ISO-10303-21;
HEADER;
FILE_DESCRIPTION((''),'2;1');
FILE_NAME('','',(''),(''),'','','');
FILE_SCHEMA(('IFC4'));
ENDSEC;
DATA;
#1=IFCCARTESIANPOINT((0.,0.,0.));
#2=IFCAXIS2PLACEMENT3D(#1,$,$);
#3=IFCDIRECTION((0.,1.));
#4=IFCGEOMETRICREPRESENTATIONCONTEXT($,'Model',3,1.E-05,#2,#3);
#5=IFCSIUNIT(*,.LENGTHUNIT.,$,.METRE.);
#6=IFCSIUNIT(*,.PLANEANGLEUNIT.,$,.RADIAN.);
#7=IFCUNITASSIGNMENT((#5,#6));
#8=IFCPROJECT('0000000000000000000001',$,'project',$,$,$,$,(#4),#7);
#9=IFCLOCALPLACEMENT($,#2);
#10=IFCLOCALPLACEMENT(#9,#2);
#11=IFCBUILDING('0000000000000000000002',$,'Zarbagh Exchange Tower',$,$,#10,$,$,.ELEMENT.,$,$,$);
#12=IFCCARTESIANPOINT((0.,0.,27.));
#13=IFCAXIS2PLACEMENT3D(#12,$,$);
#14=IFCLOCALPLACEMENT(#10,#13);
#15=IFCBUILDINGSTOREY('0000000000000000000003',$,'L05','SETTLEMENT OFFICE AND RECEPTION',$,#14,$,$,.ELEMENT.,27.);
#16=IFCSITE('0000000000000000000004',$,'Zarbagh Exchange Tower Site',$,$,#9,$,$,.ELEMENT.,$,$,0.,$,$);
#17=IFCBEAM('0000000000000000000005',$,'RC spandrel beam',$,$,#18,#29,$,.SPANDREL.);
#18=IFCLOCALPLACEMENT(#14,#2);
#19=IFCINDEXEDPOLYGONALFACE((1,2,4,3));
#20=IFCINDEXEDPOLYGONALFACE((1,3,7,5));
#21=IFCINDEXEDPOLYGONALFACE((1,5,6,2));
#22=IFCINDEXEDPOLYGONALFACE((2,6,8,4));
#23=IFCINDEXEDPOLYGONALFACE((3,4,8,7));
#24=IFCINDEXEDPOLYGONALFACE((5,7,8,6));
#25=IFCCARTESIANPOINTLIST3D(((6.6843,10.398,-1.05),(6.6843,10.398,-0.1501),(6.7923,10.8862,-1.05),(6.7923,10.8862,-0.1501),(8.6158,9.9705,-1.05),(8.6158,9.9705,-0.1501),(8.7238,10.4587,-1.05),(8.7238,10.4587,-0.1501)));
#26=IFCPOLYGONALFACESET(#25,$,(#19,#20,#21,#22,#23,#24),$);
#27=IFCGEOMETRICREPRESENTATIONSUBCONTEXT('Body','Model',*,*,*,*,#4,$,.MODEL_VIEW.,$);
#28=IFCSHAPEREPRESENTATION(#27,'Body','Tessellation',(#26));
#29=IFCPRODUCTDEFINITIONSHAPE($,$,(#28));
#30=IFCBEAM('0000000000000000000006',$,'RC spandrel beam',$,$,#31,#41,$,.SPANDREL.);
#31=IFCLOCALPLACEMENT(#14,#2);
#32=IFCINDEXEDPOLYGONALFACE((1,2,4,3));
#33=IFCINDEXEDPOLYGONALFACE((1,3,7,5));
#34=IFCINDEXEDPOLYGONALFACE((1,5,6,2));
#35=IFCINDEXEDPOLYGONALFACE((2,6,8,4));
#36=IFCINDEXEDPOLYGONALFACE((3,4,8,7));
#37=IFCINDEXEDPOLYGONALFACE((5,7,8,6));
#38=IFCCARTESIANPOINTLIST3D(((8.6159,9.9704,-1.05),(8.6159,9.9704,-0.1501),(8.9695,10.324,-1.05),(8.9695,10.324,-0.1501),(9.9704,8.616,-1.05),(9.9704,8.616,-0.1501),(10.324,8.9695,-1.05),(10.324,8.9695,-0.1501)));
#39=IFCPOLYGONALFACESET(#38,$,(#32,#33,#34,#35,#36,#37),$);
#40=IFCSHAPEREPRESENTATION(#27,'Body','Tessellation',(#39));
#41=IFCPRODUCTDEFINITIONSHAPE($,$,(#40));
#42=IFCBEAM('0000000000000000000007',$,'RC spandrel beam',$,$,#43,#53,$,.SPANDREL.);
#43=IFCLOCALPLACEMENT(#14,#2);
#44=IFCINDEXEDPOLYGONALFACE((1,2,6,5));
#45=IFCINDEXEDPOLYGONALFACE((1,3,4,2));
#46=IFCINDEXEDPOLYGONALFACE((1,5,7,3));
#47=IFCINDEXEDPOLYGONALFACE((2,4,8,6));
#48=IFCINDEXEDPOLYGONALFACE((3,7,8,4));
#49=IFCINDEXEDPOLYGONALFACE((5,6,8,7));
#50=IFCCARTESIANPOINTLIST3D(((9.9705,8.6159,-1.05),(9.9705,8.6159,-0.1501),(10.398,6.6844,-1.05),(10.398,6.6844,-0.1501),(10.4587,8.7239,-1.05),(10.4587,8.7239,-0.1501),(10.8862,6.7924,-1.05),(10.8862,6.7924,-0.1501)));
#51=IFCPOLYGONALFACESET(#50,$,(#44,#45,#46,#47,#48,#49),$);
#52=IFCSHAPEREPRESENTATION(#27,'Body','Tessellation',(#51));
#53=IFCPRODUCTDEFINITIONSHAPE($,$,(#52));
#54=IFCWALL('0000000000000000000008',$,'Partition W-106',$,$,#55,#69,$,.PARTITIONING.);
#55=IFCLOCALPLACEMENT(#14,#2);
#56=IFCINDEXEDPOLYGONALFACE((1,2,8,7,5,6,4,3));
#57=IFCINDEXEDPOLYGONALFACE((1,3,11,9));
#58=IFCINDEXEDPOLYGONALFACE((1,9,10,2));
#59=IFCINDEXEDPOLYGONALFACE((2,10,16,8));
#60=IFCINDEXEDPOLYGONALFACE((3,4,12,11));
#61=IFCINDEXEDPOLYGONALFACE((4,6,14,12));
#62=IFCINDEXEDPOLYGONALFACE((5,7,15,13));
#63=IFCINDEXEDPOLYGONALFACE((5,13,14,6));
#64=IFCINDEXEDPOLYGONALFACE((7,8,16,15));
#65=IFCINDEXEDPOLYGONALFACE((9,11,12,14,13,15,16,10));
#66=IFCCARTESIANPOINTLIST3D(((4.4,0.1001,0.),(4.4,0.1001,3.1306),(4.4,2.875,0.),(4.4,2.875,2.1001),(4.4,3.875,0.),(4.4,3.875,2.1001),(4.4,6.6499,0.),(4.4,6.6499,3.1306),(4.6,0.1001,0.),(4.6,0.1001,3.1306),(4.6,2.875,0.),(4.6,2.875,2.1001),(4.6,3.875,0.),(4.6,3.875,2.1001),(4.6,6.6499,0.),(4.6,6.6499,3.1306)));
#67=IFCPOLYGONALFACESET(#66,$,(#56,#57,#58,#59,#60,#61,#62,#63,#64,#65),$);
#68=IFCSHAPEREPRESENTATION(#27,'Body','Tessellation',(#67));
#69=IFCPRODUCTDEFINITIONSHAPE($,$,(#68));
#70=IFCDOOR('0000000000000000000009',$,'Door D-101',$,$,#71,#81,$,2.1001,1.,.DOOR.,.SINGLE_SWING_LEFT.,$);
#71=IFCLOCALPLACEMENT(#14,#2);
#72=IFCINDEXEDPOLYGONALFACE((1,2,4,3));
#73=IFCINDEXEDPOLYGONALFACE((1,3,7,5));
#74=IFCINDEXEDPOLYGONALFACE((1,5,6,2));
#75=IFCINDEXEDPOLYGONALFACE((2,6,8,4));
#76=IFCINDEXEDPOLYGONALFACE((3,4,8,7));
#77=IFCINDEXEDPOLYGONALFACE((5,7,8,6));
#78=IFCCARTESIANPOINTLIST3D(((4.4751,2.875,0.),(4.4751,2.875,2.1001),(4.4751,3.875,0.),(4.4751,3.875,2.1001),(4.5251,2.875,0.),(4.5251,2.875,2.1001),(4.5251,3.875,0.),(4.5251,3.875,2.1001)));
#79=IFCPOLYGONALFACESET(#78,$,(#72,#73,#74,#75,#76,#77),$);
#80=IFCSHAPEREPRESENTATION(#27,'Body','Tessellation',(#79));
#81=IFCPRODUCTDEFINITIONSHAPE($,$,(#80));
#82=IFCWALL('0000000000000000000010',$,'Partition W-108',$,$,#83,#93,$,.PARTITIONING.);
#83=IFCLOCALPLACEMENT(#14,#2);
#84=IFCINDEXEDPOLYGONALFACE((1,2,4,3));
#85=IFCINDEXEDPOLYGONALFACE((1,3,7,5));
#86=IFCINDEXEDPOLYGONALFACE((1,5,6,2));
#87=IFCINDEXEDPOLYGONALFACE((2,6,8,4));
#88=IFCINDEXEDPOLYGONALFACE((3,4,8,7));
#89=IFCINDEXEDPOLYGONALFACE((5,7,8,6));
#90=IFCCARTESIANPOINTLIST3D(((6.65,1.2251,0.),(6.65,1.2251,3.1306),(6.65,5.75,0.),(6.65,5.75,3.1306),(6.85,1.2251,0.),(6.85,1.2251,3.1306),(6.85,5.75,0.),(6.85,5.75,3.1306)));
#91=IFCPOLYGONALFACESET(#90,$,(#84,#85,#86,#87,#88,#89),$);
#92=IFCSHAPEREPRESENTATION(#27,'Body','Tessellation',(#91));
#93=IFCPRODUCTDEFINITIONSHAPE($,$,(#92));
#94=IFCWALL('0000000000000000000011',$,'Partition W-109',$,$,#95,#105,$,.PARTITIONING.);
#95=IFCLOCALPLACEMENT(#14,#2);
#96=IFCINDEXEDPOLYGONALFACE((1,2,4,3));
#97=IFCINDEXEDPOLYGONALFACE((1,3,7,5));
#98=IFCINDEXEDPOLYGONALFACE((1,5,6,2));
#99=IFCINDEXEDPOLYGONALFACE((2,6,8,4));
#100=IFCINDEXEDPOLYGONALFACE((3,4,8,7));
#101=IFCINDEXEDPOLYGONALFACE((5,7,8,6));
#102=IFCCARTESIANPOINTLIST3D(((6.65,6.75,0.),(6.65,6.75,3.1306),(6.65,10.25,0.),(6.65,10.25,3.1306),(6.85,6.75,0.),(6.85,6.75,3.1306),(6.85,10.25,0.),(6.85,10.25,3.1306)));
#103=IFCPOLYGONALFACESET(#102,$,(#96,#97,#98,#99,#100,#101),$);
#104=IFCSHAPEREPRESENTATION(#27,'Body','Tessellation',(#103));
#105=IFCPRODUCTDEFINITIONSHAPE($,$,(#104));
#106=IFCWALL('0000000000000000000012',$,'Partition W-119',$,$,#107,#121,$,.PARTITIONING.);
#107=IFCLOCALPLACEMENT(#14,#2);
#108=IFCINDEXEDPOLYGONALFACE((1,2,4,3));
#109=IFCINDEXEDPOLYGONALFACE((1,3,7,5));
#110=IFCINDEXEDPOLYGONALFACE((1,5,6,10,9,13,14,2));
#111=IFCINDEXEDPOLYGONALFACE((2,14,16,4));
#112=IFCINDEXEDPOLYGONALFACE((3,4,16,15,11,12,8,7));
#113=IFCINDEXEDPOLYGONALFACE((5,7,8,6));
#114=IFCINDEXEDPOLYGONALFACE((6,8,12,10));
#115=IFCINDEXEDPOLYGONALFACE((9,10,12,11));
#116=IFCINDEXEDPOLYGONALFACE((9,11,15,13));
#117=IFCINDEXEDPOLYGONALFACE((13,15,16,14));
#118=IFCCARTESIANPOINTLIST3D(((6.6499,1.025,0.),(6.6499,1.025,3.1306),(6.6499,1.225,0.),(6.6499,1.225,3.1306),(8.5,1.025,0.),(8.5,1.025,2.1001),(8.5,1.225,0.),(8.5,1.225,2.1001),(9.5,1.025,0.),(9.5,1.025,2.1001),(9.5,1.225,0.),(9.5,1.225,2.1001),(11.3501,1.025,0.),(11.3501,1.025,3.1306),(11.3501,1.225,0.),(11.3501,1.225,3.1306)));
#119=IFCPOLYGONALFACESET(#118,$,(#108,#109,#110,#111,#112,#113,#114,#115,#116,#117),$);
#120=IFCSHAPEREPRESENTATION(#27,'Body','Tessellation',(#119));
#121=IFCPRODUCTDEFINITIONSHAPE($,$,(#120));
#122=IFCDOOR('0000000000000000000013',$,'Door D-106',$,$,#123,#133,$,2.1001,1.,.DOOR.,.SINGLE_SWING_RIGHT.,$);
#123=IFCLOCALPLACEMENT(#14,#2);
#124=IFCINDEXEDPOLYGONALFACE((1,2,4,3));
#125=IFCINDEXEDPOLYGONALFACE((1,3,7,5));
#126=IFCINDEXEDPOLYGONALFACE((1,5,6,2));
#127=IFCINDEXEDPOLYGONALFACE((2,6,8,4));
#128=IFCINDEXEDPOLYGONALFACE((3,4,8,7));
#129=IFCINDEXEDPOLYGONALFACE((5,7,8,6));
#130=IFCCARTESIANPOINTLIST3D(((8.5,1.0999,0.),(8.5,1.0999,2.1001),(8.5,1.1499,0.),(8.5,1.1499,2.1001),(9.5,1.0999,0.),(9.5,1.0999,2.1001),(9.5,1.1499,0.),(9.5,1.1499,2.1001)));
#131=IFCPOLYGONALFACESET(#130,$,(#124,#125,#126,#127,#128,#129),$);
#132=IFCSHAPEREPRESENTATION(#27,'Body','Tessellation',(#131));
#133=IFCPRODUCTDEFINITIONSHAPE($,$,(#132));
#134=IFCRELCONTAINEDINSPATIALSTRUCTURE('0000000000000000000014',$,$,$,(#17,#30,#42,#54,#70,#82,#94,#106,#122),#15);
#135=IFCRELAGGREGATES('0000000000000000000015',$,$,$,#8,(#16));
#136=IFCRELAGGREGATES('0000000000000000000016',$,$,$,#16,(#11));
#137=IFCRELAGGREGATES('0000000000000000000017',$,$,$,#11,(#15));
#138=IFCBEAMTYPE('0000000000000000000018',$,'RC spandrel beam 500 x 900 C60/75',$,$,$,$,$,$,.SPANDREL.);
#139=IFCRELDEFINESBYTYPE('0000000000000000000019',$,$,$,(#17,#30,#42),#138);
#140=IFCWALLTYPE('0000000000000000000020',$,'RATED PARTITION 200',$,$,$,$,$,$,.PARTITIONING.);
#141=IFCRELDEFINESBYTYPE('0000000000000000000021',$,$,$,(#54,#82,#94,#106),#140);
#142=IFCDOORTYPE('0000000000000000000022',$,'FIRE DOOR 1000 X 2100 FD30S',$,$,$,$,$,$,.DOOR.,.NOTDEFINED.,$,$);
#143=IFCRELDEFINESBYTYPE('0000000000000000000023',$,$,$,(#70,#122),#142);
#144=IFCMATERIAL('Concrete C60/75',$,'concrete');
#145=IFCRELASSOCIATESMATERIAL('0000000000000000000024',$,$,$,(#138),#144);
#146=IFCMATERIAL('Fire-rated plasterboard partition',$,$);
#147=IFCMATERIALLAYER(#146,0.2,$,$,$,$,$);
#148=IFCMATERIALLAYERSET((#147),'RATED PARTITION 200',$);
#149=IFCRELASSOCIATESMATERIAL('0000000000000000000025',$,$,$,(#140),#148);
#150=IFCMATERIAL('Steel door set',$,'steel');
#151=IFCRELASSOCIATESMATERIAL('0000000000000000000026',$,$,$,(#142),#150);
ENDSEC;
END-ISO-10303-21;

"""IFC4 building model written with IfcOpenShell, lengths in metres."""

from ifc_helpers import new_model, si_unit, direction, frame, frame_2d, origin, origin_2d, place, context, subcontext, project, spatial, rectangle, extrude, material, layer, layer_set, material_profile, profile_set, type_object, element, fill, save


model = new_model("IFC4")

# Units and contexts
model_context = context("Model", 3, precision=1e-05, world=origin(), true_north=direction((0.0, 1.0)))
body_context = subcontext(model_context, "Body", "Model", "MODEL_VIEW")
ifc_project = project(units=[si_unit("LENGTHUNIT", "METRE"), si_unit("PLANEANGLEUNIT", "RADIAN")], contexts=[model_context])

# Site, building, storey
site_placement = place(None, origin())
site = spatial("IfcSite", under=ifc_project, at=site_placement, Name="Zarbagh Exchange Tower Site", CompositionType="ELEMENT", RefElevation=0.0)
building_placement = place(site_placement, origin())
building = spatial("IfcBuilding", under=site, at=building_placement, Name="Zarbagh Exchange Tower", CompositionType="ELEMENT")
storey_placement = place(building_placement, frame((0.0, 0.0, 27.0)))
storey = spatial("IfcBuildingStorey", under=building, at=storey_placement, Name="L05", Description="SETTLEMENT OFFICE AND RECEPTION", CompositionType="ELEMENT", Elevation=27.0)

# Shared definitions
ifc_material_1 = material(Name="Concrete C60/75", Category="concrete")

# Beams
ifc_material_profile_1 = material_profile(ifc_material_1, rectangle(XDim=0.5, YDim=0.8999, at=origin_2d()), Name="RC spandrel beam 500 x 900 C60/75")
ifc_profile_set_1 = profile_set([ifc_material_profile_1], Name="Concrete C60/75")
beam_type_1 = type_object("IfcBeamType", Name="RC spandrel beam 500 x 900 C60/75", PredefinedType="SPANDREL", material=ifc_profile_set_1)
beam_1_placement = place(storey_placement, frame((6.7383, 10.6421, -0.6001), z_axis=(0.976375, -0.216081, 0.0), x_axis=(0.216081, 0.976375, 0.0)))
element("IfcBeam", 1, at=beam_1_placement, inside=storey, type_object=beam_type_1, Name="RC spandrel beam", PredefinedType="SPANDREL", context=body_context, shape_type="SweptSolid", body=[
    extrude(rectangle(XDim=0.5, YDim=0.8999, at=origin_2d()), origin(), (0.0, 0.0, 1.0), 1.9783),
])
beam_2_placement = place(storey_placement, frame((8.7927, 10.1472, -0.6001), z_axis=(0.707107, -0.707107, 0.0), x_axis=(0.707107, 0.707107, 0.0)))
element("IfcBeam", 2, at=beam_2_placement, inside=storey, type_object=beam_type_1, Name="RC spandrel beam", PredefinedType="SPANDREL", context=body_context, shape_type="SweptSolid", body=[
    extrude(rectangle(XDim=0.5, YDim=0.8999, at=origin_2d()), origin(), (0.0, 0.0, 1.0), 1.9155),
])
beam_3_placement = place(storey_placement, frame((10.2146, 8.6699, -0.6001), z_axis=(0.216081, -0.976375, 0.0), x_axis=(0.976375, 0.216081, 0.0)))
element("IfcBeam", 3, at=beam_3_placement, inside=storey, type_object=beam_type_1, Name="RC spandrel beam", PredefinedType="SPANDREL", context=body_context, shape_type="SweptSolid", body=[
    extrude(rectangle(XDim=0.5, YDim=0.8999, at=origin_2d()), origin(), (0.0, 0.0, 1.0), 1.9783),
])

# Wall, opening, door
ifc_material_2 = material(Name="Fire-rated plasterboard partition")
ifc_layer_1 = layer(ifc_material_2, 0.2)
ifc_layer_set_1 = layer_set([ifc_layer_1], Name="RATED PARTITION 200")
wall_type_1 = type_object("IfcWallType", Name="RATED PARTITION 200", PredefinedType="PARTITIONING", material=ifc_layer_set_1)
wall_1_placement = place(storey_placement, frame((4.5, 0.1001, 0.0), z_axis=(0.0, 0.0, 1.0), x_axis=(0.0, 1.0, 0.0)))
wall_1 = element("IfcWall", 4, at=wall_1_placement, inside=storey, type_object=wall_type_1, Name="Partition W-106", PredefinedType="PARTITIONING", context=body_context, shape_type="SweptSolid", body=[
    extrude(rectangle(XDim=6.5498, YDim=0.2, at=frame_2d((3.2749, 0.0))), origin(), (0.0, 0.0, 1.0), 3.1306),
])
opening_1_placement = place(wall_1_placement, frame((2.7749, 0.0, 0.0)))
opening_1 = element("IfcOpeningElement", 5, at=opening_1_placement, cuts=wall_1, PredefinedType="OPENING", context=body_context, shape_type="SweptSolid", body=[
    extrude(rectangle(XDim=1.0, YDim=2.1001, at=frame_2d((0.5, 1.05))), frame((0.0, 0.1099, 0.0), z_axis=(0.0, -1.0, 0.0), x_axis=(1.0, 0.0, 0.0)), (0.0, 0.0, 1.0), 0.22),
])
ifc_material_3 = material(Name="Steel door set", Category="steel")
door_type_1 = type_object("IfcDoorType", Name="FIRE DOOR 1000 X 2100 FD30S", OperationType="NOTDEFINED", PredefinedType="DOOR", material=ifc_material_3)
door_1_placement = place(opening_1_placement, origin())
door_1 = element("IfcDoor", 6, at=door_1_placement, inside=storey, type_object=door_type_1, Name="Door D-101", OperationType="SINGLE_SWING_LEFT", OverallHeight=2.1001, OverallWidth=1.0, PredefinedType="DOOR", context=body_context, shape_type="SweptSolid", body=[
    extrude(rectangle(XDim=1.0, YDim=2.1001, at=frame_2d((0.5, 1.05))), frame((0.0, 0.0249, 0.0), z_axis=(0.0, -1.0, 0.0), x_axis=(1.0, 0.0, 0.0)), (0.0, 0.0, 1.0), 0.05),
])
fill(opening_1, door_1)

# Walls
wall_2_placement = place(storey_placement, frame((6.75, 1.2251, 0.0), z_axis=(0.0, 0.0, 1.0), x_axis=(0.0, 1.0, 0.0)))
element("IfcWall", 7, at=wall_2_placement, inside=storey, type_object=wall_type_1, Name="Partition W-108", PredefinedType="PARTITIONING", context=body_context, shape_type="SweptSolid", body=[
    extrude(rectangle(XDim=4.5249, YDim=0.2, at=frame_2d((2.2625, 0.0))), origin(), (0.0, 0.0, 1.0), 3.1306),
])
wall_3_placement = place(storey_placement, frame((6.75, 6.75, 0.0), z_axis=(0.0, 0.0, 1.0), x_axis=(0.0, 1.0, 0.0)))
element("IfcWall", 8, at=wall_3_placement, inside=storey, type_object=wall_type_1, Name="Partition W-109", PredefinedType="PARTITIONING", context=body_context, shape_type="SweptSolid", body=[
    extrude(rectangle(XDim=3.5, YDim=0.2, at=frame_2d((1.75, 0.0))), origin(), (0.0, 0.0, 1.0), 3.1306),
])

# Wall, opening, door
wall_4_placement = place(storey_placement, frame((6.6499, 1.125, 0.0), z_axis=(0.0, 0.0, 1.0), x_axis=(1.0, 0.0, 0.0)))
wall_4 = element("IfcWall", 9, at=wall_4_placement, inside=storey, type_object=wall_type_1, Name="Partition W-119", PredefinedType="PARTITIONING", context=body_context, shape_type="SweptSolid", body=[
    extrude(rectangle(XDim=4.7002, YDim=0.2, at=frame_2d((2.3501, 0.0))), origin(), (0.0, 0.0, 1.0), 3.1306),
])
opening_2_placement = place(wall_4_placement, frame((1.8501, 0.0, 0.0)))
opening_2 = element("IfcOpeningElement", 10, at=opening_2_placement, cuts=wall_4, PredefinedType="OPENING", context=body_context, shape_type="SweptSolid", body=[
    extrude(rectangle(XDim=1.0, YDim=2.1001, at=frame_2d((0.5, 1.05))), frame((0.0, 0.1099, 0.0), z_axis=(0.0, -1.0, 0.0), x_axis=(1.0, 0.0, 0.0)), (0.0, 0.0, 1.0), 0.22),
])
door_2_placement = place(opening_2_placement, origin())
door_2 = element("IfcDoor", 11, at=door_2_placement, inside=storey, type_object=door_type_1, Name="Door D-106", OperationType="SINGLE_SWING_RIGHT", OverallHeight=2.1001, OverallWidth=1.0, PredefinedType="DOOR", context=body_context, shape_type="SweptSolid", body=[
    extrude(rectangle(XDim=1.0, YDim=2.1001, at=frame_2d((0.5, 1.05))), frame((0.0, 0.0249, 0.0), z_axis=(0.0, -1.0, 0.0), x_axis=(1.0, 0.0, 0.0)), (0.0, 0.0, 1.0), 0.05),
])
fill(opening_2, door_2)

save(model, "model.ifc")
